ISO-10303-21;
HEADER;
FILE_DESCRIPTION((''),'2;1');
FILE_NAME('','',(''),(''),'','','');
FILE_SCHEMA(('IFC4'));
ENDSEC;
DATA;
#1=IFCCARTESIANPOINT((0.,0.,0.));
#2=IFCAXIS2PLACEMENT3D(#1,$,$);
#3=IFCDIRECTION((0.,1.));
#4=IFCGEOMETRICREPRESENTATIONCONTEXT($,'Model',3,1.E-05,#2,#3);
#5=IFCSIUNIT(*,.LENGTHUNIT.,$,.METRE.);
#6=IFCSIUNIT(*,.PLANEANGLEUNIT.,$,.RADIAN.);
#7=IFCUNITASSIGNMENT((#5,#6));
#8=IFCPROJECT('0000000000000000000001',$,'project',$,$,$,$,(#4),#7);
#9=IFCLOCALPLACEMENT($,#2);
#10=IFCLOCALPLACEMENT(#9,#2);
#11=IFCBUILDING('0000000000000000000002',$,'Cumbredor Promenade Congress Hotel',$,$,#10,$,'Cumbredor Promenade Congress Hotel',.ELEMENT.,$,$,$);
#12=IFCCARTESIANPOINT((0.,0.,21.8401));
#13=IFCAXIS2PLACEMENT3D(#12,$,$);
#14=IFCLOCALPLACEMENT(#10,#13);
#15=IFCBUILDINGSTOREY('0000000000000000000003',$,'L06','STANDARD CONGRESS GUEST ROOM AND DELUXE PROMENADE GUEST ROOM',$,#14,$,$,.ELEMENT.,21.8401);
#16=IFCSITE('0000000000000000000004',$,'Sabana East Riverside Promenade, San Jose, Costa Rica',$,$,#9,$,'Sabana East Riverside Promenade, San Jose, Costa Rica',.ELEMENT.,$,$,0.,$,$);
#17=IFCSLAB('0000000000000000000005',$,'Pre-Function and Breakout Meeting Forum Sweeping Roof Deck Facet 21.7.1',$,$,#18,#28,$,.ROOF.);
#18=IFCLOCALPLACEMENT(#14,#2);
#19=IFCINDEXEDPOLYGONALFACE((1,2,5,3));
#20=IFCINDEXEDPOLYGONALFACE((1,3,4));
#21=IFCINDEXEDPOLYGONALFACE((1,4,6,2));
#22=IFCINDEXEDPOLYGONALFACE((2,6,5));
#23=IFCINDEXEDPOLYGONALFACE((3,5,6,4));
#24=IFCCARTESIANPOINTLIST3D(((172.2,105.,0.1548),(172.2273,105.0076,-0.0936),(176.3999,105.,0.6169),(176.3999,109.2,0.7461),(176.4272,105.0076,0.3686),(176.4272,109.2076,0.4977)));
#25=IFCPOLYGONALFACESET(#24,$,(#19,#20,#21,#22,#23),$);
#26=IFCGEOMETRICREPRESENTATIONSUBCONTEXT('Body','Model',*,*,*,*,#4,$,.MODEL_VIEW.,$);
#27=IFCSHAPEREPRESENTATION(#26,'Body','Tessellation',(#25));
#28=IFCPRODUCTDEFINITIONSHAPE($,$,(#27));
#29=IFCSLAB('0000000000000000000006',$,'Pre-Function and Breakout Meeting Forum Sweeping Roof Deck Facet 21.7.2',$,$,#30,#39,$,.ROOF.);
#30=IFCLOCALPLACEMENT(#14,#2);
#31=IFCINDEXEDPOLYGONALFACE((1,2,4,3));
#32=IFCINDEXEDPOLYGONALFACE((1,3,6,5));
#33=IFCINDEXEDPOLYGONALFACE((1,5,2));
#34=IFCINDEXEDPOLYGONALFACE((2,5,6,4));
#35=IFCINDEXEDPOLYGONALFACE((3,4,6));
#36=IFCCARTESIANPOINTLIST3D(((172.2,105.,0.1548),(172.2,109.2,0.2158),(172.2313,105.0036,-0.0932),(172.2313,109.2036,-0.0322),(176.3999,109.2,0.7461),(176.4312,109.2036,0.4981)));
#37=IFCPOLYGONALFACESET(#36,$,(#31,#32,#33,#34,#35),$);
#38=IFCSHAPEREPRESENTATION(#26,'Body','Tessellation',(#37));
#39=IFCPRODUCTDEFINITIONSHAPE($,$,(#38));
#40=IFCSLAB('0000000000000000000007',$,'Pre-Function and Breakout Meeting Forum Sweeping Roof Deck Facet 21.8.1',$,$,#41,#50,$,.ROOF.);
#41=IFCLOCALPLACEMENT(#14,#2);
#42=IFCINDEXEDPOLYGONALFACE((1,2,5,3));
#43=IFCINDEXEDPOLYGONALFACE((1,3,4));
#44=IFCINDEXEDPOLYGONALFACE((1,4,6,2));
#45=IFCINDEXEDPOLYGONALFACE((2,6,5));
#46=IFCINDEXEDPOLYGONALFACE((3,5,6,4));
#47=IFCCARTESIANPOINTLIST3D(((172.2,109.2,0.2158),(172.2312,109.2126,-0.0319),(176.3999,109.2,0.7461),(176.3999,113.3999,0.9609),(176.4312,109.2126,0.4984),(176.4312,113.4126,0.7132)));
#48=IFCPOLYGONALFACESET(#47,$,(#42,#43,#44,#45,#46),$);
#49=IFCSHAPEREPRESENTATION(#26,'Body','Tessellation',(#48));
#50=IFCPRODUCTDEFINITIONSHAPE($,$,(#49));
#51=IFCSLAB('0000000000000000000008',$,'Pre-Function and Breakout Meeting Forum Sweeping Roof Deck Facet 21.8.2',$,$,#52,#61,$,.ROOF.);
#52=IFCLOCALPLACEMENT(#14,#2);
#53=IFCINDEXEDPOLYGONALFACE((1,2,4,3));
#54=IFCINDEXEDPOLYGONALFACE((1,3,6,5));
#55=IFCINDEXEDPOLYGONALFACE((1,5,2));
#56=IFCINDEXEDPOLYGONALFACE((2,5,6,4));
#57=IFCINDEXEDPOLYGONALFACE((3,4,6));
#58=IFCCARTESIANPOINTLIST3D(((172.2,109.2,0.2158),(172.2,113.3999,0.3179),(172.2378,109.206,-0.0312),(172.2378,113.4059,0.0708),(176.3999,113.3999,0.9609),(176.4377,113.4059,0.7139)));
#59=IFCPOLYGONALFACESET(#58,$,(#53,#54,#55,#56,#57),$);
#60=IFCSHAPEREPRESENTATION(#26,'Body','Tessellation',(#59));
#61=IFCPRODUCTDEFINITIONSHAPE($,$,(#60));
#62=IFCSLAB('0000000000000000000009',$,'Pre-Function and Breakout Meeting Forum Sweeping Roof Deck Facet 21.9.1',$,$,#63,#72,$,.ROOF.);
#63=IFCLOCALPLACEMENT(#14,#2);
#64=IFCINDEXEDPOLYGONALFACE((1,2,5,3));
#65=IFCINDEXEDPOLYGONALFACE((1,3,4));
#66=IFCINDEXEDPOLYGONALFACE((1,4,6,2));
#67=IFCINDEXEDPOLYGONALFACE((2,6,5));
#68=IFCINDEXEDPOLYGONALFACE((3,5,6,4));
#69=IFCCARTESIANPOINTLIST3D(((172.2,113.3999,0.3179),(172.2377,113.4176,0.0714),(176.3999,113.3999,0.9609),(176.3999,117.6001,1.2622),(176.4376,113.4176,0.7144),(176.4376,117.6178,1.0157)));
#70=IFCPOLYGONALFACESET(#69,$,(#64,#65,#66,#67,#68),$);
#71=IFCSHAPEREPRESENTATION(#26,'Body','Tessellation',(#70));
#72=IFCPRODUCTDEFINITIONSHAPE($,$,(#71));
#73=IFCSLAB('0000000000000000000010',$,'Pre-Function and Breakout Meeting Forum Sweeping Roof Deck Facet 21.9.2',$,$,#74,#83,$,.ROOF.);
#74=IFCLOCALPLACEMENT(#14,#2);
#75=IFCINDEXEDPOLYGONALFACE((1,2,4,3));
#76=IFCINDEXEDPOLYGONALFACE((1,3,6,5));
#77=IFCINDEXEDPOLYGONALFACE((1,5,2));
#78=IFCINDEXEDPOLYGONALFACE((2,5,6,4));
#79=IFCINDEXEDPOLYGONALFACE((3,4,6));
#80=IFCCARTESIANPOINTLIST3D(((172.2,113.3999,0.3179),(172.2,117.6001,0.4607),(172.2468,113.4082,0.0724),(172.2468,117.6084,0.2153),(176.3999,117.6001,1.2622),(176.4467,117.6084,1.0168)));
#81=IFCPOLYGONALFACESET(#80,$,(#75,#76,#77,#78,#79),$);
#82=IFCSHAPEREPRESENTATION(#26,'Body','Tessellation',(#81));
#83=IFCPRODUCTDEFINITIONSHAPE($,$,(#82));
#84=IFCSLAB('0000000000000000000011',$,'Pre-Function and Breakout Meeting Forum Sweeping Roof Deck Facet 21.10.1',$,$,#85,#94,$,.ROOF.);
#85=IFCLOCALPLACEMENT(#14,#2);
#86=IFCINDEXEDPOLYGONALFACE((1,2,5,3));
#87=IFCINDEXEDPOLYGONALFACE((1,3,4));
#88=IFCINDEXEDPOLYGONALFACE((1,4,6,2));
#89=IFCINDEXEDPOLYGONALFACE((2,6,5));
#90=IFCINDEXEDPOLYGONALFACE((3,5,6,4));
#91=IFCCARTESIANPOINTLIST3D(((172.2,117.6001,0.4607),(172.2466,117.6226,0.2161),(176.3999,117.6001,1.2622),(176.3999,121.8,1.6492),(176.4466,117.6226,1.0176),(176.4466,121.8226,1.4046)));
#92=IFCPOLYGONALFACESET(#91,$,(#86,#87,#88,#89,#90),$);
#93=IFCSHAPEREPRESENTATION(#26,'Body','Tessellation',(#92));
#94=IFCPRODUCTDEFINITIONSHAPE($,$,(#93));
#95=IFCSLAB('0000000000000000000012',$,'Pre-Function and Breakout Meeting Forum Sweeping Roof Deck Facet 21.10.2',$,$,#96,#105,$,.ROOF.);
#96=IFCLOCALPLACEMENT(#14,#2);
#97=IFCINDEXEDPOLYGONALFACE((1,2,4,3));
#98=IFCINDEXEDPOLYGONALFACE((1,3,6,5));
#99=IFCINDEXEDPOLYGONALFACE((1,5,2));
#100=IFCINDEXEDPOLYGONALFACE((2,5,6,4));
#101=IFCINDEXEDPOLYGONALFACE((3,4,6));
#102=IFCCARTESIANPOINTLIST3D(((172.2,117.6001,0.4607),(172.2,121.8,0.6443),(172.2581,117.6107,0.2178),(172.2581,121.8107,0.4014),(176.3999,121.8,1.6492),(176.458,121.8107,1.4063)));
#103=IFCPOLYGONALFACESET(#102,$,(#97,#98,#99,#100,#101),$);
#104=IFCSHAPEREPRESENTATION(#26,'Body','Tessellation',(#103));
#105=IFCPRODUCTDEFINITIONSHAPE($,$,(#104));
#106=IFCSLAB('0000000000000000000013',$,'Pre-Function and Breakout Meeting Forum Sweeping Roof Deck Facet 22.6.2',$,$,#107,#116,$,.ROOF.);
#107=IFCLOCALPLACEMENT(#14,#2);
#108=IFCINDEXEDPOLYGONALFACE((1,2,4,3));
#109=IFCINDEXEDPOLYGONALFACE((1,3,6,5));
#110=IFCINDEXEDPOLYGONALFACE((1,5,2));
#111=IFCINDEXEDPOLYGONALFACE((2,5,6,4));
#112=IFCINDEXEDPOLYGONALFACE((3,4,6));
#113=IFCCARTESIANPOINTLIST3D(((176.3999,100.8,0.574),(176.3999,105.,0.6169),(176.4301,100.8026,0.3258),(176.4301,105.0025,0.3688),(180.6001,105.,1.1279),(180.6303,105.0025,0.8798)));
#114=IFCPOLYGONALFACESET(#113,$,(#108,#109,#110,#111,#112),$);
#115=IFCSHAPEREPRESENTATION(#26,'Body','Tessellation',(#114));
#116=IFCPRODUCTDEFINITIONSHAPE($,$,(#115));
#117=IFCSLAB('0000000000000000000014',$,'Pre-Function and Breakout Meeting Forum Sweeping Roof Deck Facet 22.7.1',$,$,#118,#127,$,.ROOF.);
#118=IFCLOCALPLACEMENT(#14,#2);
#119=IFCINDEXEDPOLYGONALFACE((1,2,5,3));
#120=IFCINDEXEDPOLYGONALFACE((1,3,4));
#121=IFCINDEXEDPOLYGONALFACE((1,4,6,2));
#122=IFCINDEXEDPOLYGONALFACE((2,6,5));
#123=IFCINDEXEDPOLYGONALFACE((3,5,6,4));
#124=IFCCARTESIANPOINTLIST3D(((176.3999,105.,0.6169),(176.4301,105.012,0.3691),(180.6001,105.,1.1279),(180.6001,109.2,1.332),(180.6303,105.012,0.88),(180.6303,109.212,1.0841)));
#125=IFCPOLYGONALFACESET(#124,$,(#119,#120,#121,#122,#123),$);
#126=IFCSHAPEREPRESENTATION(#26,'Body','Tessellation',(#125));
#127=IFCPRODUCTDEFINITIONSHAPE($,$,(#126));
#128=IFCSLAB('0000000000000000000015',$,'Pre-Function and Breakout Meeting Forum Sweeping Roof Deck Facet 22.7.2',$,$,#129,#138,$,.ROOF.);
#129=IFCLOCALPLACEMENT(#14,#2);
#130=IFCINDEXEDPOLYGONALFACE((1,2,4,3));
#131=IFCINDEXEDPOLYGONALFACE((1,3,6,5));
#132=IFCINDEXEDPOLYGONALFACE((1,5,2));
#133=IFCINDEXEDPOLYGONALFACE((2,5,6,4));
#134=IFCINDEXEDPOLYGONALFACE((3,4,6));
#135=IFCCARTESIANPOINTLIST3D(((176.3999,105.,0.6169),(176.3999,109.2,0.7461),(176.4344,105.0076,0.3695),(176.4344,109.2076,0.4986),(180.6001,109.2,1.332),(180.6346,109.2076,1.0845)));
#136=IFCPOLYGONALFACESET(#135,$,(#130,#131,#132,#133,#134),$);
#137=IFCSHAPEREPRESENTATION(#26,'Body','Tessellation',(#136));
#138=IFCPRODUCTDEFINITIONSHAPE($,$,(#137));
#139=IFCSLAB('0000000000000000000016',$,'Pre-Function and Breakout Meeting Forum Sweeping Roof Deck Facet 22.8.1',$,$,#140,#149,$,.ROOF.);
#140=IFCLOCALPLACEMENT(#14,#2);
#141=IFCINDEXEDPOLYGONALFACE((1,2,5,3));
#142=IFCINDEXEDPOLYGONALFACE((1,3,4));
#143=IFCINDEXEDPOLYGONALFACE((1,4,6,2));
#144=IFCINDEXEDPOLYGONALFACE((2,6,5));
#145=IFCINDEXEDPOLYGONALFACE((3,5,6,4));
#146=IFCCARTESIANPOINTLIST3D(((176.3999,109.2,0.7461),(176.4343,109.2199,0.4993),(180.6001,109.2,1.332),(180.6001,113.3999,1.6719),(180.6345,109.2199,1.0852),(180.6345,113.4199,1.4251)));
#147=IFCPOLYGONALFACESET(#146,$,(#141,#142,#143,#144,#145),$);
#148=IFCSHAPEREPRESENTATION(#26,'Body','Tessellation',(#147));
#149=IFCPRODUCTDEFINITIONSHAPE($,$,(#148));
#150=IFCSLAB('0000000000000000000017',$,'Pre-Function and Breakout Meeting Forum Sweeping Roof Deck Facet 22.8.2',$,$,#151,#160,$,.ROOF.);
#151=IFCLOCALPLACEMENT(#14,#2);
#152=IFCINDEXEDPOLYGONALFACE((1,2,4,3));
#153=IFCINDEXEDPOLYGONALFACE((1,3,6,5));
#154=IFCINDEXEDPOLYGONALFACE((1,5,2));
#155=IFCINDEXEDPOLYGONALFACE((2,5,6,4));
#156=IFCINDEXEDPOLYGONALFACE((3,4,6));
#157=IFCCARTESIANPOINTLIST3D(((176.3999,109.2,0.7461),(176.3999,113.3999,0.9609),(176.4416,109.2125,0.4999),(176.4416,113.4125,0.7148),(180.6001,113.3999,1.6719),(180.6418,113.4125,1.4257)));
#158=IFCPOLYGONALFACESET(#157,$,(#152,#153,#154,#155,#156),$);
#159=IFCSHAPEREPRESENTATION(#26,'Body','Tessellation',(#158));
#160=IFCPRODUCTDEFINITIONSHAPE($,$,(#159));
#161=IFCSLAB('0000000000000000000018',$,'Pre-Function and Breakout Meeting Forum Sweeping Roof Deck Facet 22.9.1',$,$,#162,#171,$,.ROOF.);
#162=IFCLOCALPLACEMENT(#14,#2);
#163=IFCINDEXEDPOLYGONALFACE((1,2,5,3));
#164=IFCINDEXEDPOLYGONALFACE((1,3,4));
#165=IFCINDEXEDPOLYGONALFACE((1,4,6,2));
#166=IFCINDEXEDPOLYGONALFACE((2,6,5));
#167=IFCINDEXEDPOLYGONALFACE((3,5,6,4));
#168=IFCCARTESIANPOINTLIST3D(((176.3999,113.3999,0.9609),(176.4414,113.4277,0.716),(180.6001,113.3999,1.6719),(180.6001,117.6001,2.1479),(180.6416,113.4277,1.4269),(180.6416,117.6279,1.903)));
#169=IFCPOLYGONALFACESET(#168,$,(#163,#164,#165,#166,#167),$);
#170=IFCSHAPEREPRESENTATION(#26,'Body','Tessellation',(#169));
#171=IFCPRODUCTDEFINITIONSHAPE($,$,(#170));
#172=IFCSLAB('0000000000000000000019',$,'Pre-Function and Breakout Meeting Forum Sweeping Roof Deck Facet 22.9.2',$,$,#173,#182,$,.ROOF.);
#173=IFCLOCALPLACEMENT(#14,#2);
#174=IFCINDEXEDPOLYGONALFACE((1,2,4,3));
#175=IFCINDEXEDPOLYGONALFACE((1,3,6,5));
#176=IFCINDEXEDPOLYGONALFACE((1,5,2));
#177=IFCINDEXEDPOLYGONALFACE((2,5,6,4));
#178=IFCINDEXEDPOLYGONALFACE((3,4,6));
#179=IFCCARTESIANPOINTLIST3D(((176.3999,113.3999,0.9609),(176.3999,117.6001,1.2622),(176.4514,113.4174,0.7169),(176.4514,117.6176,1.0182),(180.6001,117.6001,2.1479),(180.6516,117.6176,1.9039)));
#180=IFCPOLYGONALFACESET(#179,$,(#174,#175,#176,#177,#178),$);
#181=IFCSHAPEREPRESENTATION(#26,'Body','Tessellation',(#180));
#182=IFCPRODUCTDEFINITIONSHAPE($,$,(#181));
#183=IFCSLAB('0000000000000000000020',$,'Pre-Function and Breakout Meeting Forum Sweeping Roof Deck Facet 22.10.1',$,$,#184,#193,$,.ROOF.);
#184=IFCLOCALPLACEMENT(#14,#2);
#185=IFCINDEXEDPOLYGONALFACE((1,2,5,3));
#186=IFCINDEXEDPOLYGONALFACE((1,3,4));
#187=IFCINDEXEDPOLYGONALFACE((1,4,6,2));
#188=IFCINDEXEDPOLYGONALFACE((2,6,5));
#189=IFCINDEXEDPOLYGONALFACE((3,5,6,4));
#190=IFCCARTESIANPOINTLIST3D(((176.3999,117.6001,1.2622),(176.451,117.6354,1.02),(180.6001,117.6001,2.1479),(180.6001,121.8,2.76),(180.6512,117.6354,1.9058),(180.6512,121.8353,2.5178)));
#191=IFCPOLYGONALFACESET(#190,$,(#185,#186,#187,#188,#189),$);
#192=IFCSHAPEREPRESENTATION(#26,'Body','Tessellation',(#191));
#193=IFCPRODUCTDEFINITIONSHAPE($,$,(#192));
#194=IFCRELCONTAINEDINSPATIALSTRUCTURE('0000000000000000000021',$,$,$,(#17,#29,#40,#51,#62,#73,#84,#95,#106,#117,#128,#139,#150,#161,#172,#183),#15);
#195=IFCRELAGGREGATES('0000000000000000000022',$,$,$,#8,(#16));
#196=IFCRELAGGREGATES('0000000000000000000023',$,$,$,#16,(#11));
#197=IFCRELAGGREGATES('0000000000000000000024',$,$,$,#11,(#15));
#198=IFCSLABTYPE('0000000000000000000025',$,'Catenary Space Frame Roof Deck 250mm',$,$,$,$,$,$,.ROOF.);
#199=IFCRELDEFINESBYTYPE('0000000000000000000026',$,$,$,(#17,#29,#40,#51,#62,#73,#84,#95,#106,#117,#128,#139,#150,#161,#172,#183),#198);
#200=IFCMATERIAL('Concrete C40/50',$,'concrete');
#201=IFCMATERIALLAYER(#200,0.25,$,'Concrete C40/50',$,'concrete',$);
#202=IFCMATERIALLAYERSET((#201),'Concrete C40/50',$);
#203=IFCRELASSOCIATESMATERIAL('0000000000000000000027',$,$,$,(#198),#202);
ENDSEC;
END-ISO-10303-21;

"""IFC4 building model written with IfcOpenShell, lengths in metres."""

from ifc_helpers import new_model, si_unit, direction, frame, origin, place, context, subcontext, project, spatial, polyline, outline, extrude, material, layer, layer_set, type_object, element, save


model = new_model("IFC4")

# Units and contexts
model_context = context("Model", 3, precision=1e-05, world=origin(), true_north=direction((0.0, 1.0)))
body_context = subcontext(model_context, "Body", "Model", "MODEL_VIEW")
ifc_project = project(units=[si_unit("LENGTHUNIT", "METRE"), si_unit("PLANEANGLEUNIT", "RADIAN")], contexts=[model_context])

# Site, building, storey
site_placement = place(None, origin())
site = spatial("IfcSite", under=ifc_project, at=site_placement, Name="Sabana East Riverside Promenade, San Jose, Costa Rica", LongName="Sabana East Riverside Promenade, San Jose, Costa Rica", CompositionType="ELEMENT", RefElevation=0.0)
building_placement = place(site_placement, origin())
building = spatial("IfcBuilding", under=site, at=building_placement, Name="Cumbredor Promenade Congress Hotel", LongName="Cumbredor Promenade Congress Hotel", CompositionType="ELEMENT")
storey_placement = place(building_placement, frame((0.0, 0.0, 21.8401)))
storey = spatial("IfcBuildingStorey", under=building, at=storey_placement, Name="L06", Description="STANDARD CONGRESS GUEST ROOM AND DELUXE PROMENADE GUEST ROOM", CompositionType="ELEMENT", Elevation=21.8401)

# Slabs
ifc_material_1 = material(Name="Concrete C40/50", Category="concrete")
ifc_layer_1 = layer(ifc_material_1, 0.25, Name="Concrete C40/50", Category="concrete")
ifc_layer_set_1 = layer_set([ifc_layer_1], Name="Concrete C40/50")
slab_type = type_object("IfcSlabType", Name="Catenary Space Frame Roof Deck 250mm", PredefinedType="ROOF", material=ifc_layer_set_1)
slab_1_placement = place(storey_placement, frame((172.2, 105.0, 0.1548), z_axis=(-0.109328, -0.030552, 0.993536), x_axis=(0.994, 0.0, 0.109379)))
element("IfcSlab", 1, at=slab_1_placement, inside=storey, type_object=slab_type, Name="Pre-Function and Breakout Meeting Forum Sweeping Roof Deck Facet 21.7.1", PredefinedType="ROOF", context=body_context, shape_type="SweptSolid", body=[
    extrude(outline(polyline([(0.0, 0.0), (4.2253, 0.0), (4.2394, 4.2019), (0.0, 0.0)])), origin(), (0.0, 0.0, -1.0), 0.25),
])
slab_2_placement = place(storey_placement, frame((172.2, 105.0, 0.1548), z_axis=(-0.12525, -0.014416, 0.992021), x_axis=(0.703629, 0.703629, 0.099063)))
element("IfcSlab", 2, at=slab_2_placement, inside=storey, type_object=slab_type, Name="Pre-Function and Breakout Meeting Forum Sweeping Roof Deck Facet 21.7.2", PredefinedType="ROOF", context=body_context, shape_type="SweptSolid", body=[
    extrude(outline(polyline([(0.0, 0.0), (5.969, 0.0), (2.9613, 2.979), (0.0, 0.0)])), origin(), (0.0, 0.0, -1.0), 0.25),
])
slab_3_placement = place(storey_placement, frame((172.2, 109.2, 0.2158), z_axis=(-0.125102, -0.050686, 0.990848), x_axis=(0.992124, 0.0, 0.125263)))
element("IfcSlab", 3, at=slab_3_placement, inside=storey, type_object=slab_type, Name="Pre-Function and Breakout Meeting Forum Sweeping Roof Deck Facet 21.8.1", PredefinedType="ROOF", context=body_context, shape_type="SweptSolid", body=[
    extrude(outline(polyline([(0.0, 0.0), (4.2333, 0.0), (4.2602, 4.2054), (0.0, 0.0)])), origin(), (0.0, 0.0, -1.0), 0.25),
])
slab_4_placement = place(storey_placement, frame((172.2, 109.2, 0.2158), z_axis=(-0.151305, -0.024011, 0.988195), x_axis=(0.701608, 0.701608, 0.124473)))
element("IfcSlab", 4, at=slab_4_placement, inside=storey, type_object=slab_type, Name="Pre-Function and Breakout Meeting Forum Sweeping Roof Deck Facet 21.8.2", PredefinedType="ROOF", context=body_context, shape_type="SweptSolid", body=[
    extrude(outline(polyline([(0.0, 0.0), (5.9862, 0.0), (2.9594, 2.9819), (0.0, 0.0)])), origin(), (0.0, 0.0, -1.0), 0.25),
])
slab_5_placement = place(storey_placement, frame((172.2, 113.3999, 0.3179), z_axis=(-0.15097, -0.070724, 0.986005), x_axis=(0.98848, 0.0, 0.151349)))
element("IfcSlab", 5, at=slab_5_placement, inside=storey, type_object=slab_type, Name="Pre-Function and Breakout Meeting Forum Sweeping Roof Deck Facet 21.9.1", PredefinedType="ROOF", context=body_context, shape_type="SweptSolid", body=[
    extrude(outline(polyline([(0.0, 0.0), (4.2489, 0.0), (4.2945, 4.2107), (0.0, 0.0)])), origin(), (0.0, 0.0, -1.0), 0.25),
])
slab_6_placement = place(storey_placement, frame((172.2, 113.3999, 0.3179), z_axis=(-0.187351, -0.033382, 0.981726), x_axis=(0.698316, 0.698357, 0.157013)))
element("IfcSlab", 6, at=slab_6_placement, inside=storey, type_object=slab_type, Name="Pre-Function and Breakout Meeting Forum Sweeping Roof Deck Facet 21.9.2", PredefinedType="ROOF", context=body_context, shape_type="SweptSolid", body=[
    extrude(outline(polyline([(0.0, 0.0), (6.0144, 0.0), (2.9557, 2.9877), (0.0, 0.0)])), origin(), (0.0, 0.0, -1.0), 0.25),
])
slab_7_placement = place(storey_placement, frame((172.2, 117.6001, 0.4607), z_axis=(-0.186693, -0.090133, 0.978275), x_axis=(0.982273, 0.0, 0.187456)))
element("IfcSlab", 7, at=slab_7_placement, inside=storey, type_object=slab_type, Name="Pre-Function and Breakout Meeting Forum Sweeping Roof Deck Facet 21.10.1", PredefinedType="ROOF", context=body_context, shape_type="SweptSolid", body=[
    extrude(outline(polyline([(0.0, 0.0), (4.2757, 0.0), (4.3483, 4.2171), (0.0, 0.0)])), origin(), (0.0, 0.0, -1.0), 0.25),
])
slab_8_placement = place(storey_placement, frame((172.2, 117.6001, 0.4607), z_axis=(-0.232483, -0.042475, 0.971673), x_axis=(0.693363, 0.693363, 0.196204)))
element("IfcSlab", 8, at=slab_8_placement, inside=storey, type_object=slab_type, Name="Pre-Function and Breakout Meeting Forum Sweeping Roof Deck Facet 21.10.2", PredefinedType="ROOF", context=body_context, shape_type="SweptSolid", body=[
    extrude(outline(polyline([(0.0, 0.0), (6.0574, 0.0), (2.9481, 2.997), (0.0, 0.0)])), origin(), (0.0, 0.0, -1.0), 0.25),
])
slab_9_placement = place(storey_placement, frame((176.3999, 100.8, 0.574), z_axis=(-0.120761, -0.010155, 0.99263), x_axis=(0.704072, 0.704031, 0.092859)))
element("IfcSlab", 9, at=slab_9_placement, inside=storey, type_object=slab_type, Name="Pre-Function and Breakout Meeting Forum Sweeping Roof Deck Facet 22.6.2", PredefinedType="ROOF", context=body_context, shape_type="SweptSolid", body=[
    extrude(outline(polyline([(0.0, 0.0), (5.9656, 0.0), (2.9609, 2.979), (0.0, 0.0)])), origin(), (0.0, 0.0, -1.0), 0.25),
])
slab_10_placement = place(storey_placement, frame((176.3999, 105.0, 0.6169), z_axis=(-0.120627, -0.048184, 0.991528), x_axis=(0.992681, 0.0, 0.120767)))
element("IfcSlab", 10, at=slab_10_placement, inside=storey, type_object=slab_type, Name="Pre-Function and Breakout Meeting Forum Sweeping Roof Deck Facet 22.7.1", PredefinedType="ROOF", context=body_context, shape_type="SweptSolid", body=[
    extrude(outline(polyline([(0.0, 0.0), (4.2312, 0.0), (4.2558, 4.2048), (0.0, 0.0)])), origin(), (0.0, 0.0, -1.0), 0.25),
])
slab_11_placement = place(storey_placement, frame((176.3999, 105.0, 0.6169), z_axis=(-0.1381, -0.030441, 0.98995), x_axis=(0.702058, 0.702017, 0.119526)))
element("IfcSlab", 11, at=slab_11_placement, inside=storey, type_object=slab_type, Name="Pre-Function and Breakout Meeting Forum Sweeping Roof Deck Facet 22.7.2", PredefinedType="ROOF", context=body_context, shape_type="SweptSolid", body=[
    extrude(outline(polyline([(0.0, 0.0), (5.9827, 0.0), (2.9639, 2.9785), (0.0, 0.0)])), origin(), (0.0, 0.0, -1.0), 0.25),
])
slab_12_placement = place(storey_placement, frame((176.3999, 109.2, 0.7461), z_axis=(-0.137723, -0.079884, 0.987244), x_axis=(0.990409, 0.0, 0.138165)))
element("IfcSlab", 12, at=slab_12_placement, inside=storey, type_object=slab_type, Name="Pre-Function and Breakout Meeting Forum Sweeping Roof Deck Facet 22.8.1", PredefinedType="ROOF", context=body_context, shape_type="SweptSolid", body=[
    extrude(outline(polyline([(0.0, 0.0), (4.2409, 0.0), (4.2878, 4.2134), (0.0, 0.0)])), origin(), (0.0, 0.0, -1.0), 0.25),
])
slab_13_placement = place(storey_placement, frame((176.3999, 109.2, 0.7461), z_axis=(-0.166677, -0.050372, 0.984724), x_axis=(0.698692, 0.698651, 0.154001)))
element("IfcSlab", 13, at=slab_13_placement, inside=storey, type_object=slab_type, Name="Pre-Function and Breakout Meeting Forum Sweeping Roof Deck Facet 22.8.2", PredefinedType="ROOF", context=body_context, shape_type="SweptSolid", body=[
    extrude(outline(polyline([(0.0, 0.0), (6.0115, 0.0), (2.9674, 2.98), (0.0, 0.0)])), origin(), (0.0, 0.0, -1.0), 0.25),
])
slab_14_placement = place(storey_placement, frame((176.3999, 113.3999, 0.9609), z_axis=(-0.165857, -0.111065, 0.979876), x_axis=(0.985976, 0.0, 0.166889)))
element("IfcSlab", 14, at=slab_14_placement, inside=storey, type_object=slab_type, Name="Pre-Function and Breakout Meeting Forum Sweeping Roof Deck Facet 22.9.1", PredefinedType="ROOF", context=body_context, shape_type="SweptSolid", body=[
    extrude(outline(polyline([(0.0, 0.0), (4.2599, 0.0), (4.3394, 4.2263), (0.0, 0.0)])), origin(), (0.0, 0.0, -1.0), 0.25),
])
slab_15_placement = place(storey_placement, frame((176.3999, 113.3999, 0.9609), z_axis=(-0.205837, -0.070012, 0.976079), x_axis=(0.693397, 0.693397, 0.19596)))
element("IfcSlab", 15, at=slab_15_placement, inside=storey, type_object=slab_type, Name="Pre-Function and Breakout Meeting Forum Sweeping Roof Deck Facet 22.9.2", PredefinedType="ROOF", context=body_context, shape_type="SweptSolid", body=[
    extrude(outline(polyline([(0.0, 0.0), (6.0574, 0.0), (2.9714, 2.9838), (0.0, 0.0)])), origin(), (0.0, 0.0, -1.0), 0.25),
])
slab_16_placement = place(storey_placement, frame((176.3999, 117.6001, 1.2622), z_axis=(-0.204277, -0.141166, 0.968681), x_axis=(0.97848, 0.0, 0.206343)))
element("IfcSlab", 16, at=slab_16_placement, inside=storey, type_object=slab_type, Name="Pre-Function and Breakout Meeting Forum Sweeping Roof Deck Facet 22.10.1", PredefinedType="ROOF", context=body_context, shape_type="SweptSolid", body=[
    extrude(outline(polyline([(0.0, 0.0), (4.2926, 0.0), (4.4189, 4.2424), (0.0, 0.0)])), origin(), (0.0, 0.0, -1.0), 0.25),
])

save(model, "model.ifc")
